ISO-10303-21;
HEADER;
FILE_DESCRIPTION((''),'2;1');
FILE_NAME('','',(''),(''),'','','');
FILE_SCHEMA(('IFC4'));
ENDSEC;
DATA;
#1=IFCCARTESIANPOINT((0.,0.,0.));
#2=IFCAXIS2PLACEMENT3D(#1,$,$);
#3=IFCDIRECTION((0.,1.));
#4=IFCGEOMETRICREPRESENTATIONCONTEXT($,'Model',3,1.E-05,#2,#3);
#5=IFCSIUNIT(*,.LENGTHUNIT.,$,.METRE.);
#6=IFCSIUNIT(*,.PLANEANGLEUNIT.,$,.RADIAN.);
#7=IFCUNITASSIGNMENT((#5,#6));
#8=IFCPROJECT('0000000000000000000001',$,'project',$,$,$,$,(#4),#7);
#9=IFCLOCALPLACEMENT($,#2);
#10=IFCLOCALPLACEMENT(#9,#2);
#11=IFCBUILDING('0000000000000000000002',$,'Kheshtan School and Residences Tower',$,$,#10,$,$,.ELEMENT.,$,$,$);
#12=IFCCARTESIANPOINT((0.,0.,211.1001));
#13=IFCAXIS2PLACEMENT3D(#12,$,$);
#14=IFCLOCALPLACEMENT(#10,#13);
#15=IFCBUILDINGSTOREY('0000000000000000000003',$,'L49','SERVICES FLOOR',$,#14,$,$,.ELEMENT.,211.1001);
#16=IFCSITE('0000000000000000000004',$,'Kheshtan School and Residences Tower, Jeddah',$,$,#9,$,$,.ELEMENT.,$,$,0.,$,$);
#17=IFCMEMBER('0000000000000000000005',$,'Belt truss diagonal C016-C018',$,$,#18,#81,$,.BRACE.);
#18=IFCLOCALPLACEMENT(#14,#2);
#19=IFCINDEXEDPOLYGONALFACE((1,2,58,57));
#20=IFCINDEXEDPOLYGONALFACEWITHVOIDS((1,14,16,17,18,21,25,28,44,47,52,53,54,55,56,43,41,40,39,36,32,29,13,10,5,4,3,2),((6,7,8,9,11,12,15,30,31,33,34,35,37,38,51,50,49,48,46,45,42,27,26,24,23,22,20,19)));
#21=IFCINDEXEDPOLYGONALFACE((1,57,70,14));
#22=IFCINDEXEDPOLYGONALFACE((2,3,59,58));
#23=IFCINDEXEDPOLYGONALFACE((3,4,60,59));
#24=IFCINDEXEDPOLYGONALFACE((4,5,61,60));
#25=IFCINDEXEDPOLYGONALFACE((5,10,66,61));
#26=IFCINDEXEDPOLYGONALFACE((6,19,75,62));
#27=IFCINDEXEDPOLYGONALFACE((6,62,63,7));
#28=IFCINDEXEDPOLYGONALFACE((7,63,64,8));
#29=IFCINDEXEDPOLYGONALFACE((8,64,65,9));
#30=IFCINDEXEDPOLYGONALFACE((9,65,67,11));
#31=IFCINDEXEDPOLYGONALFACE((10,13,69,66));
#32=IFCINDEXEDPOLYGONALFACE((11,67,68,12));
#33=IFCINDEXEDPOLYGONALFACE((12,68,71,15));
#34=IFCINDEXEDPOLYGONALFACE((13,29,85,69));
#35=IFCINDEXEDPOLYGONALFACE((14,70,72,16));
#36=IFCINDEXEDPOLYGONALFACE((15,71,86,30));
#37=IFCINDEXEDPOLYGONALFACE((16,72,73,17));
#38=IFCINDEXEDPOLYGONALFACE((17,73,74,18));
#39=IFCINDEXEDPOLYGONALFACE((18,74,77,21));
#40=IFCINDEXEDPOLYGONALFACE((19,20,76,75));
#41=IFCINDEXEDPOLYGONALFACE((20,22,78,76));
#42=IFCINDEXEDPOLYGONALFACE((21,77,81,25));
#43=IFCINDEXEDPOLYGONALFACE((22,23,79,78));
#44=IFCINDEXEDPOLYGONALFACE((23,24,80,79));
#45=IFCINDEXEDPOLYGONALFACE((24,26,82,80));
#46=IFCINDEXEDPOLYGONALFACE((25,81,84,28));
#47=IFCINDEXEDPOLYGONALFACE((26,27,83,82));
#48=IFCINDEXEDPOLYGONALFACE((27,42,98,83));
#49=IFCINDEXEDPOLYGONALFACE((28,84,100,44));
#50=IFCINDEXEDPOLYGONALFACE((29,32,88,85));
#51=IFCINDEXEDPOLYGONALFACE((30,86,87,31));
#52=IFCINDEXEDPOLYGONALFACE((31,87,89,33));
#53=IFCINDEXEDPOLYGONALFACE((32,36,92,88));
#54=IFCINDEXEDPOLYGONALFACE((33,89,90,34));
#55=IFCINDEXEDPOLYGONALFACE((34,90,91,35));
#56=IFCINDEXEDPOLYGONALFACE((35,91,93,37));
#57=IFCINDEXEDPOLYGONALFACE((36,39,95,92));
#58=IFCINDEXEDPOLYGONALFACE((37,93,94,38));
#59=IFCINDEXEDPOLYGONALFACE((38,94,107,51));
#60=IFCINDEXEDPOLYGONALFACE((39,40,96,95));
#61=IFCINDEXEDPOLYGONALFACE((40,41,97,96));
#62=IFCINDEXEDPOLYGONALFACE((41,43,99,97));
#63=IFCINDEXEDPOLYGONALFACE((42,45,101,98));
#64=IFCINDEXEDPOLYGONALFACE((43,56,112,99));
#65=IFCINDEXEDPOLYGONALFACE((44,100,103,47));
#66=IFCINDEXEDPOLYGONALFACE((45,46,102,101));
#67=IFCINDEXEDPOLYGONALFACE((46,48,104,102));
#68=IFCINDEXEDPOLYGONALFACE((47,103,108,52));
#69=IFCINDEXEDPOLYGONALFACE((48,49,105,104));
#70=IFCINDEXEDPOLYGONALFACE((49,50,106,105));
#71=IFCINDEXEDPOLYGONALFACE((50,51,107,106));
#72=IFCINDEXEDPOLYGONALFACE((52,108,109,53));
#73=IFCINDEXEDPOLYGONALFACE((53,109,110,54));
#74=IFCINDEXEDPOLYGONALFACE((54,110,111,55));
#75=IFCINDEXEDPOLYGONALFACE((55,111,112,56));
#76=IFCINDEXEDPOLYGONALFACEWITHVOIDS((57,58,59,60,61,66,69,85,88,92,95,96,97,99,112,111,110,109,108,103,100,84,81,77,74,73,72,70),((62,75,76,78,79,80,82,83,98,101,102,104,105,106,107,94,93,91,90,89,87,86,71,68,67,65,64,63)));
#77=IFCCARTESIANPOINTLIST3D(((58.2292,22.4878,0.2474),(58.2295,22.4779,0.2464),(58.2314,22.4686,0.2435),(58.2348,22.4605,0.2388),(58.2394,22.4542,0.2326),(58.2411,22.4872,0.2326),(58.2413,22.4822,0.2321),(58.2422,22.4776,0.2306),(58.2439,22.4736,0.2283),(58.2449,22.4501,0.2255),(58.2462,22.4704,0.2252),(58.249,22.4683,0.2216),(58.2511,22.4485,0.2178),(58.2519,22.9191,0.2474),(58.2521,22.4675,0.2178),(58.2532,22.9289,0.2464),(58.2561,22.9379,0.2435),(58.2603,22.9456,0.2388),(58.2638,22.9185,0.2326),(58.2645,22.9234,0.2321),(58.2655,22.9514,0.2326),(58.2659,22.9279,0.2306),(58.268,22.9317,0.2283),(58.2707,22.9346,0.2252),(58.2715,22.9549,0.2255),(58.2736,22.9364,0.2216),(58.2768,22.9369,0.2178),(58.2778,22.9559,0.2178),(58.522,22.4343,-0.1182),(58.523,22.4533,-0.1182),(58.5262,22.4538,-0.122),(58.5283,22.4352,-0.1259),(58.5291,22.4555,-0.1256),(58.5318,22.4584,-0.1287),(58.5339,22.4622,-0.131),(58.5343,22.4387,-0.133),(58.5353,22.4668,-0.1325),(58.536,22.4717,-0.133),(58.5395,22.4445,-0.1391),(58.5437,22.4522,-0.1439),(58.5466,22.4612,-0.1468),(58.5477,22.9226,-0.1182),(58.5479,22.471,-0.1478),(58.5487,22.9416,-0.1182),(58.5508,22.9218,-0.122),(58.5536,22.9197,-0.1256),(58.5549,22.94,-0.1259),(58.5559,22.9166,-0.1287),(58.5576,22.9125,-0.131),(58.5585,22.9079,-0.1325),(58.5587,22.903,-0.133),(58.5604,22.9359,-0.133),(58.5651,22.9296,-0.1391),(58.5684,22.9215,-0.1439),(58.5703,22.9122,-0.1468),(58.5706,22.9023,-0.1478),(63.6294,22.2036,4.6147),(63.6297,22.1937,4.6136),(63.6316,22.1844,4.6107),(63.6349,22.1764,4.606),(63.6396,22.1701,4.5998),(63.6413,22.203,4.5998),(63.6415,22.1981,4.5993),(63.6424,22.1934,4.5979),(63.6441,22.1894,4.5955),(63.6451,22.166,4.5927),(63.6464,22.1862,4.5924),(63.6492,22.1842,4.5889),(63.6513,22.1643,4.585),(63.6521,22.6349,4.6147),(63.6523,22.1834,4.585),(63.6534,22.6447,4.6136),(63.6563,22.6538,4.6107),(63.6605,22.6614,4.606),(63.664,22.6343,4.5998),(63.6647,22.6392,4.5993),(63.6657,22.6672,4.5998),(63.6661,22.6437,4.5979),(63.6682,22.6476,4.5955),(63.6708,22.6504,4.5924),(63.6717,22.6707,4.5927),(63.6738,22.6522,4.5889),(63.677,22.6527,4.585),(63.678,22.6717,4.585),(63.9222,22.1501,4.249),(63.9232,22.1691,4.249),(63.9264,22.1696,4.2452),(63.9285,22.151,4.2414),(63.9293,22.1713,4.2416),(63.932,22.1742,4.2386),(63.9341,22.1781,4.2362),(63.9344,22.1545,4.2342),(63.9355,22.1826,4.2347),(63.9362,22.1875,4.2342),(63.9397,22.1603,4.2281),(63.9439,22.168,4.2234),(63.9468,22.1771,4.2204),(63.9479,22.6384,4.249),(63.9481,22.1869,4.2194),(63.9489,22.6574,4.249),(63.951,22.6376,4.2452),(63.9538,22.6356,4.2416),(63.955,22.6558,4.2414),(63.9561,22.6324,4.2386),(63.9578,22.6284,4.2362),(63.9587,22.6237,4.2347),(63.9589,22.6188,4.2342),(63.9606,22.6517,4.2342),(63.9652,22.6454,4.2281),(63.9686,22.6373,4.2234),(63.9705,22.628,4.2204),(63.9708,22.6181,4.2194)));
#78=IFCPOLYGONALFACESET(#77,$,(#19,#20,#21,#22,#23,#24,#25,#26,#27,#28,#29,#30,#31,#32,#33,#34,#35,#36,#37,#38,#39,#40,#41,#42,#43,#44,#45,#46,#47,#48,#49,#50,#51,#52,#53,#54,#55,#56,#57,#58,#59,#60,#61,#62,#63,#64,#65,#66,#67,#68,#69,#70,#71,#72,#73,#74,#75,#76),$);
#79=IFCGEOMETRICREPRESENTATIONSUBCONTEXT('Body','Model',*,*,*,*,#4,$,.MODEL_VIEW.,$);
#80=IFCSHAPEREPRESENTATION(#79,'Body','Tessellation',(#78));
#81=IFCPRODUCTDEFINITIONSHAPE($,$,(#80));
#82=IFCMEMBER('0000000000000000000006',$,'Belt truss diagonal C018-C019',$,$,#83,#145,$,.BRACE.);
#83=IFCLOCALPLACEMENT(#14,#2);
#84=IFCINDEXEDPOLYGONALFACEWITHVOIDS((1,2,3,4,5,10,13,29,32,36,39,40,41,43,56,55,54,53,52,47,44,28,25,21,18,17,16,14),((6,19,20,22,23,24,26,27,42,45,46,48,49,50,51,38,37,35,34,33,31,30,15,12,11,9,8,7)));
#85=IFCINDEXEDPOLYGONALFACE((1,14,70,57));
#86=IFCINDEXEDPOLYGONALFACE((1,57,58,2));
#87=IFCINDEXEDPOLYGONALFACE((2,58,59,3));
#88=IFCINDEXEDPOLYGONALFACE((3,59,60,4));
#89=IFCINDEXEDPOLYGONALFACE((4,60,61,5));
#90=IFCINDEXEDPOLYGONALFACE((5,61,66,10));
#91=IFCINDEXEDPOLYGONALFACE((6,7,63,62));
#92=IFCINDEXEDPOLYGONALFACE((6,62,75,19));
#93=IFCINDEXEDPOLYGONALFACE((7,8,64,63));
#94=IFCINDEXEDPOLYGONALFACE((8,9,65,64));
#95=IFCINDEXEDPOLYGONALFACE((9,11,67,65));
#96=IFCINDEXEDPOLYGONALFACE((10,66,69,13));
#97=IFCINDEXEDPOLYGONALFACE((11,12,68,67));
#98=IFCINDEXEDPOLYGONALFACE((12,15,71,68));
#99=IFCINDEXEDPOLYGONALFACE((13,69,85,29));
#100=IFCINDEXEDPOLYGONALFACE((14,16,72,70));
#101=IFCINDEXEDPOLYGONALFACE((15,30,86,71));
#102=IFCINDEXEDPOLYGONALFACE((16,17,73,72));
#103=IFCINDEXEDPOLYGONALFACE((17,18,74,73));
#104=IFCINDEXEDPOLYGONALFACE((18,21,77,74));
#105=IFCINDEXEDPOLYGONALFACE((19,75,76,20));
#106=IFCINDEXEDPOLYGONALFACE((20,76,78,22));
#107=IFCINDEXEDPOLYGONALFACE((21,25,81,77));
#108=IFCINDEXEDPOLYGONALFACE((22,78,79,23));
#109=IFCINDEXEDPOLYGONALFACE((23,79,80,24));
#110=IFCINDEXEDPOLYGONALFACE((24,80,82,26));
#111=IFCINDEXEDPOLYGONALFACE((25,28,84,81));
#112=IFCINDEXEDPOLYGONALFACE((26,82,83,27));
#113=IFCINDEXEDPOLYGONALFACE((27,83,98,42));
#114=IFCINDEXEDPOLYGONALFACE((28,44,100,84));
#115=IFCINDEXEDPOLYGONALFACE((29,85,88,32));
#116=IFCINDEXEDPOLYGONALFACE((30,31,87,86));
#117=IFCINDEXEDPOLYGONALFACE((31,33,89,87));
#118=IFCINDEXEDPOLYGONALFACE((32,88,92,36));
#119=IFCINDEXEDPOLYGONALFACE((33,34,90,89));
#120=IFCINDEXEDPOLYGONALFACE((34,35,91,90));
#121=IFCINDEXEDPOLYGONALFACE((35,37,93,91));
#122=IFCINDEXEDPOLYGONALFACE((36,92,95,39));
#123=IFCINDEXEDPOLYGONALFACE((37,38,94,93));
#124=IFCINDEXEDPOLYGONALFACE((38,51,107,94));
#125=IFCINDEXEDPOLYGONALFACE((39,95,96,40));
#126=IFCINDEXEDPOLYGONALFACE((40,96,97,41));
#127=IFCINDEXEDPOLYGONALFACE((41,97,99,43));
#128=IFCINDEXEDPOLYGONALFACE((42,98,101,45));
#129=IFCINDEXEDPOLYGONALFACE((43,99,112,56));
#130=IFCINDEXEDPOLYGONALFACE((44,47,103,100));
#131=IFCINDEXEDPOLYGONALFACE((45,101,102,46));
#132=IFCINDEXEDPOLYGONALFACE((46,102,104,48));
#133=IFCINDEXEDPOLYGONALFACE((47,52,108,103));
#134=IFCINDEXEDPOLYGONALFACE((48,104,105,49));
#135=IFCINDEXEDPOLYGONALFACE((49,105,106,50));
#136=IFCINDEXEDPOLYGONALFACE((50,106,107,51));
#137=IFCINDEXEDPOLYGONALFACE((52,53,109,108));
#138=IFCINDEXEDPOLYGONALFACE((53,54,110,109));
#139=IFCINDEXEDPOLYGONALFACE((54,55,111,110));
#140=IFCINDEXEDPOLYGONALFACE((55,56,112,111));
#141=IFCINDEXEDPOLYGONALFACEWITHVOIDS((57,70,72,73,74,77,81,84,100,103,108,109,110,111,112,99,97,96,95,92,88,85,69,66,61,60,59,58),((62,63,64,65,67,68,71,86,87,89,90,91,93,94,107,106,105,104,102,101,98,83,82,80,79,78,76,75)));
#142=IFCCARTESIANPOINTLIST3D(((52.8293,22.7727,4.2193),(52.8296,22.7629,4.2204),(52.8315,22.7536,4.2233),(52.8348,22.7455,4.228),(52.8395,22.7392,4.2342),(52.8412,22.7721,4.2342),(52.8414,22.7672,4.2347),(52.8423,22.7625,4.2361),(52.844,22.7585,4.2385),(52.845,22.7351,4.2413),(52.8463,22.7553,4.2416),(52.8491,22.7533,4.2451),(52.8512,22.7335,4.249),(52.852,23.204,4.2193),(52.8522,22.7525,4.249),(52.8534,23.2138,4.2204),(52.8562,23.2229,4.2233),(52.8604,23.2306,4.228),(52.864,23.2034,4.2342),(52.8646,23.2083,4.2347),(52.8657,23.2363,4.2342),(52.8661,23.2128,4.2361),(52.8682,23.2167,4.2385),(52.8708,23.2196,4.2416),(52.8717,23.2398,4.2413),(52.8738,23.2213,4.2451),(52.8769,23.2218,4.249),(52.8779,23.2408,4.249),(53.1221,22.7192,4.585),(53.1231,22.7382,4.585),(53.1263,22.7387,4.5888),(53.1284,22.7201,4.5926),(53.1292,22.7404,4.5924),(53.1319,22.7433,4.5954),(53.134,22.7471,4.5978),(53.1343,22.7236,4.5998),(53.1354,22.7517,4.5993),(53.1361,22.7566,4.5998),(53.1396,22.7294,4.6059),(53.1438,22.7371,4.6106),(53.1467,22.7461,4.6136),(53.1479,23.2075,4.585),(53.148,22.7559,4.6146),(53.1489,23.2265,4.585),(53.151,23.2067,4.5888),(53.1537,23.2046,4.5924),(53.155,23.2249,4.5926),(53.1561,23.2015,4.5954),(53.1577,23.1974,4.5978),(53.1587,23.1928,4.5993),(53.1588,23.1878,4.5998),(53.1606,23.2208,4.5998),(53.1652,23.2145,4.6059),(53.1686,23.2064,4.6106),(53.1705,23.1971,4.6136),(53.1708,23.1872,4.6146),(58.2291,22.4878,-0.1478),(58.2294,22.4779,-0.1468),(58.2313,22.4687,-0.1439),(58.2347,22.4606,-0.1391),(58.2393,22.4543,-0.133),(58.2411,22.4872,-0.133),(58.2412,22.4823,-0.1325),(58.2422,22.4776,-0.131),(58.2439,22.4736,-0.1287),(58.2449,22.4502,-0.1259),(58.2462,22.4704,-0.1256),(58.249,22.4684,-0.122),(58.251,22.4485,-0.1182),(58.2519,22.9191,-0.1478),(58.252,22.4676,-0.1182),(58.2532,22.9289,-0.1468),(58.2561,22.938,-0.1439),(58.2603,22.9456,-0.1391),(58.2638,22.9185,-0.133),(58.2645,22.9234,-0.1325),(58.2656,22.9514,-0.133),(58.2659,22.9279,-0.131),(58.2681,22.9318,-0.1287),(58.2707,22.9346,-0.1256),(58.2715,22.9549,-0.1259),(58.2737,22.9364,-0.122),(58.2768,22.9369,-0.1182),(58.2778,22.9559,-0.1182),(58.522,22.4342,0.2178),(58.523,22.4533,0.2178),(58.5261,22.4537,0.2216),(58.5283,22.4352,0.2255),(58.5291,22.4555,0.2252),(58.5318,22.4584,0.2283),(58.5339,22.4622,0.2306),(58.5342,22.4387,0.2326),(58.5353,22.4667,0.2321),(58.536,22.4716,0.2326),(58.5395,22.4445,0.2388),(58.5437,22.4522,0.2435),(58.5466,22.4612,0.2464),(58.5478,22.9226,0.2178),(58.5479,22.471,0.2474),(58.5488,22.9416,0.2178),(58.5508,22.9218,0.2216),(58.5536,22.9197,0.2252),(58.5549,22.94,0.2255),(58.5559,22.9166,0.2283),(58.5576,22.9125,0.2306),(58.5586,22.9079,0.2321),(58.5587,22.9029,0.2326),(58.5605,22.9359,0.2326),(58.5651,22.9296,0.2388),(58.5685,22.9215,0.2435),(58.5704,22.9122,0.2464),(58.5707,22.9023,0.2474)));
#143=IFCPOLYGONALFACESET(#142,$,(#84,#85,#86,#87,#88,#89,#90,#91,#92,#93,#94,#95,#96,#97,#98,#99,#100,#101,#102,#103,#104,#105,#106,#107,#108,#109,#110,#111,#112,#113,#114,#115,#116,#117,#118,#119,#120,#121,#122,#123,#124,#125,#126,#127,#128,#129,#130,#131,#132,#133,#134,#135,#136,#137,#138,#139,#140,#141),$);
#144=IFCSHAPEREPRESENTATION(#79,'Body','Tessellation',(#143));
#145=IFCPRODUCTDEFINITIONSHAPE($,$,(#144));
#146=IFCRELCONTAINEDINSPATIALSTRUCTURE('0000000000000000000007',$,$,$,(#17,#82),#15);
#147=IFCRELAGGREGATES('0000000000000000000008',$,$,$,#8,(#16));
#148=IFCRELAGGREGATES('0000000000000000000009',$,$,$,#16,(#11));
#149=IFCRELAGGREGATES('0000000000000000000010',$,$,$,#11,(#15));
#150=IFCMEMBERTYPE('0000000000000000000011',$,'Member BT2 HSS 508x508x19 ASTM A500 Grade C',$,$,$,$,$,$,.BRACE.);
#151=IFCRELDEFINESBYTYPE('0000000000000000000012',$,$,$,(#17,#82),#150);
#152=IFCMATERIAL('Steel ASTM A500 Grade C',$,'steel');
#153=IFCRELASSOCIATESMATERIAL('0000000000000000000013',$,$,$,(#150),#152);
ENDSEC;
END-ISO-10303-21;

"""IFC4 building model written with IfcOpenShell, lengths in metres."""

from ifc_helpers import new_model, si_unit, direction, frame, origin, origin_2d, place, context, subcontext, project, spatial, hollow_rectangle, extrude, material, material_profile, profile_set, type_object, element, save


model = new_model("IFC4")

# Units and contexts
model_context = context("Model", 3, precision=1e-05, world=origin(), true_north=direction((0.0, 1.0)))
body_context = subcontext(model_context, "Body", "Model", "MODEL_VIEW")
ifc_project = project(units=[si_unit("LENGTHUNIT", "METRE"), si_unit("PLANEANGLEUNIT", "RADIAN")], contexts=[model_context])

# Site, building, storey
site_placement = place(None, origin())
site = spatial("IfcSite", under=ifc_project, at=site_placement, Name="Kheshtan School and Residences Tower, Jeddah", CompositionType="ELEMENT", RefElevation=0.0)
building_placement = place(site_placement, origin())
building = spatial("IfcBuilding", under=site, at=building_placement, Name="Kheshtan School and Residences Tower", CompositionType="ELEMENT")
storey_placement = place(building_placement, frame((0.0, 0.0, 211.1001)))
storey = spatial("IfcBuildingStorey", under=building, at=storey_placement, Name="L49", Description="SERVICES FLOOR", CompositionType="ELEMENT", Elevation=211.1001)

# Members
ifc_material_1 = material(Name="Steel ASTM A500 Grade C", Category="steel")
ifc_material_profile_1 = material_profile(ifc_material_1, hollow_rectangle(XDim=0.5081, YDim=0.5081, WallThickness=0.019, InnerFilletRadius=0.019, OuterFilletRadius=0.0381, at=origin_2d()), Name="HSS 508x508x19")
ifc_profile_set_1 = profile_set([ifc_material_profile_1], Name="Steel ASTM A500 Grade C")
member_type_1 = type_object("IfcMemberType", Name="Member BT2 HSS 508x508x19 ASTM A500 Grade C", PredefinedType="BRACE", material=ifc_profile_set_1)
member_1_placement = place(storey_placement, frame((58.3999, 22.6951, 0.0498), z_axis=(0.776902, -0.040884, 0.628293), x_axis=(0.052552, 0.998618, 0.0)))
element("IfcMember", 1, at=member_1_placement, inside=storey, type_object=member_type_1, Name="Belt truss diagonal C016-C018", PredefinedType="BRACE", context=body_context, shape_type="SweptSolid", body=[
    extrude(hollow_rectangle(XDim=0.5081, YDim=0.5081, WallThickness=0.019, InnerFilletRadius=0.019, OuterFilletRadius=0.0381, at=origin_2d()), origin(), (0.0, 0.0, 1.0), 6.9509),
])
member_2_placement = place(storey_placement, frame((58.3999, 22.6951, 0.0498), z_axis=(-0.776884, 0.04099, 0.628308), x_axis=(-0.052689, -0.998611, 0.0)))
element("IfcMember", 2, at=member_2_placement, inside=storey, type_object=member_type_1, Name="Belt truss diagonal C018-C019", PredefinedType="BRACE", context=body_context, shape_type="SweptSolid", body=[
    extrude(hollow_rectangle(XDim=0.5081, YDim=0.5081, WallThickness=0.019, InnerFilletRadius=0.019, OuterFilletRadius=0.0381, at=origin_2d()), origin(), (0.0, 0.0, 1.0), 6.9507),
])

save(model, "model.ifc")
